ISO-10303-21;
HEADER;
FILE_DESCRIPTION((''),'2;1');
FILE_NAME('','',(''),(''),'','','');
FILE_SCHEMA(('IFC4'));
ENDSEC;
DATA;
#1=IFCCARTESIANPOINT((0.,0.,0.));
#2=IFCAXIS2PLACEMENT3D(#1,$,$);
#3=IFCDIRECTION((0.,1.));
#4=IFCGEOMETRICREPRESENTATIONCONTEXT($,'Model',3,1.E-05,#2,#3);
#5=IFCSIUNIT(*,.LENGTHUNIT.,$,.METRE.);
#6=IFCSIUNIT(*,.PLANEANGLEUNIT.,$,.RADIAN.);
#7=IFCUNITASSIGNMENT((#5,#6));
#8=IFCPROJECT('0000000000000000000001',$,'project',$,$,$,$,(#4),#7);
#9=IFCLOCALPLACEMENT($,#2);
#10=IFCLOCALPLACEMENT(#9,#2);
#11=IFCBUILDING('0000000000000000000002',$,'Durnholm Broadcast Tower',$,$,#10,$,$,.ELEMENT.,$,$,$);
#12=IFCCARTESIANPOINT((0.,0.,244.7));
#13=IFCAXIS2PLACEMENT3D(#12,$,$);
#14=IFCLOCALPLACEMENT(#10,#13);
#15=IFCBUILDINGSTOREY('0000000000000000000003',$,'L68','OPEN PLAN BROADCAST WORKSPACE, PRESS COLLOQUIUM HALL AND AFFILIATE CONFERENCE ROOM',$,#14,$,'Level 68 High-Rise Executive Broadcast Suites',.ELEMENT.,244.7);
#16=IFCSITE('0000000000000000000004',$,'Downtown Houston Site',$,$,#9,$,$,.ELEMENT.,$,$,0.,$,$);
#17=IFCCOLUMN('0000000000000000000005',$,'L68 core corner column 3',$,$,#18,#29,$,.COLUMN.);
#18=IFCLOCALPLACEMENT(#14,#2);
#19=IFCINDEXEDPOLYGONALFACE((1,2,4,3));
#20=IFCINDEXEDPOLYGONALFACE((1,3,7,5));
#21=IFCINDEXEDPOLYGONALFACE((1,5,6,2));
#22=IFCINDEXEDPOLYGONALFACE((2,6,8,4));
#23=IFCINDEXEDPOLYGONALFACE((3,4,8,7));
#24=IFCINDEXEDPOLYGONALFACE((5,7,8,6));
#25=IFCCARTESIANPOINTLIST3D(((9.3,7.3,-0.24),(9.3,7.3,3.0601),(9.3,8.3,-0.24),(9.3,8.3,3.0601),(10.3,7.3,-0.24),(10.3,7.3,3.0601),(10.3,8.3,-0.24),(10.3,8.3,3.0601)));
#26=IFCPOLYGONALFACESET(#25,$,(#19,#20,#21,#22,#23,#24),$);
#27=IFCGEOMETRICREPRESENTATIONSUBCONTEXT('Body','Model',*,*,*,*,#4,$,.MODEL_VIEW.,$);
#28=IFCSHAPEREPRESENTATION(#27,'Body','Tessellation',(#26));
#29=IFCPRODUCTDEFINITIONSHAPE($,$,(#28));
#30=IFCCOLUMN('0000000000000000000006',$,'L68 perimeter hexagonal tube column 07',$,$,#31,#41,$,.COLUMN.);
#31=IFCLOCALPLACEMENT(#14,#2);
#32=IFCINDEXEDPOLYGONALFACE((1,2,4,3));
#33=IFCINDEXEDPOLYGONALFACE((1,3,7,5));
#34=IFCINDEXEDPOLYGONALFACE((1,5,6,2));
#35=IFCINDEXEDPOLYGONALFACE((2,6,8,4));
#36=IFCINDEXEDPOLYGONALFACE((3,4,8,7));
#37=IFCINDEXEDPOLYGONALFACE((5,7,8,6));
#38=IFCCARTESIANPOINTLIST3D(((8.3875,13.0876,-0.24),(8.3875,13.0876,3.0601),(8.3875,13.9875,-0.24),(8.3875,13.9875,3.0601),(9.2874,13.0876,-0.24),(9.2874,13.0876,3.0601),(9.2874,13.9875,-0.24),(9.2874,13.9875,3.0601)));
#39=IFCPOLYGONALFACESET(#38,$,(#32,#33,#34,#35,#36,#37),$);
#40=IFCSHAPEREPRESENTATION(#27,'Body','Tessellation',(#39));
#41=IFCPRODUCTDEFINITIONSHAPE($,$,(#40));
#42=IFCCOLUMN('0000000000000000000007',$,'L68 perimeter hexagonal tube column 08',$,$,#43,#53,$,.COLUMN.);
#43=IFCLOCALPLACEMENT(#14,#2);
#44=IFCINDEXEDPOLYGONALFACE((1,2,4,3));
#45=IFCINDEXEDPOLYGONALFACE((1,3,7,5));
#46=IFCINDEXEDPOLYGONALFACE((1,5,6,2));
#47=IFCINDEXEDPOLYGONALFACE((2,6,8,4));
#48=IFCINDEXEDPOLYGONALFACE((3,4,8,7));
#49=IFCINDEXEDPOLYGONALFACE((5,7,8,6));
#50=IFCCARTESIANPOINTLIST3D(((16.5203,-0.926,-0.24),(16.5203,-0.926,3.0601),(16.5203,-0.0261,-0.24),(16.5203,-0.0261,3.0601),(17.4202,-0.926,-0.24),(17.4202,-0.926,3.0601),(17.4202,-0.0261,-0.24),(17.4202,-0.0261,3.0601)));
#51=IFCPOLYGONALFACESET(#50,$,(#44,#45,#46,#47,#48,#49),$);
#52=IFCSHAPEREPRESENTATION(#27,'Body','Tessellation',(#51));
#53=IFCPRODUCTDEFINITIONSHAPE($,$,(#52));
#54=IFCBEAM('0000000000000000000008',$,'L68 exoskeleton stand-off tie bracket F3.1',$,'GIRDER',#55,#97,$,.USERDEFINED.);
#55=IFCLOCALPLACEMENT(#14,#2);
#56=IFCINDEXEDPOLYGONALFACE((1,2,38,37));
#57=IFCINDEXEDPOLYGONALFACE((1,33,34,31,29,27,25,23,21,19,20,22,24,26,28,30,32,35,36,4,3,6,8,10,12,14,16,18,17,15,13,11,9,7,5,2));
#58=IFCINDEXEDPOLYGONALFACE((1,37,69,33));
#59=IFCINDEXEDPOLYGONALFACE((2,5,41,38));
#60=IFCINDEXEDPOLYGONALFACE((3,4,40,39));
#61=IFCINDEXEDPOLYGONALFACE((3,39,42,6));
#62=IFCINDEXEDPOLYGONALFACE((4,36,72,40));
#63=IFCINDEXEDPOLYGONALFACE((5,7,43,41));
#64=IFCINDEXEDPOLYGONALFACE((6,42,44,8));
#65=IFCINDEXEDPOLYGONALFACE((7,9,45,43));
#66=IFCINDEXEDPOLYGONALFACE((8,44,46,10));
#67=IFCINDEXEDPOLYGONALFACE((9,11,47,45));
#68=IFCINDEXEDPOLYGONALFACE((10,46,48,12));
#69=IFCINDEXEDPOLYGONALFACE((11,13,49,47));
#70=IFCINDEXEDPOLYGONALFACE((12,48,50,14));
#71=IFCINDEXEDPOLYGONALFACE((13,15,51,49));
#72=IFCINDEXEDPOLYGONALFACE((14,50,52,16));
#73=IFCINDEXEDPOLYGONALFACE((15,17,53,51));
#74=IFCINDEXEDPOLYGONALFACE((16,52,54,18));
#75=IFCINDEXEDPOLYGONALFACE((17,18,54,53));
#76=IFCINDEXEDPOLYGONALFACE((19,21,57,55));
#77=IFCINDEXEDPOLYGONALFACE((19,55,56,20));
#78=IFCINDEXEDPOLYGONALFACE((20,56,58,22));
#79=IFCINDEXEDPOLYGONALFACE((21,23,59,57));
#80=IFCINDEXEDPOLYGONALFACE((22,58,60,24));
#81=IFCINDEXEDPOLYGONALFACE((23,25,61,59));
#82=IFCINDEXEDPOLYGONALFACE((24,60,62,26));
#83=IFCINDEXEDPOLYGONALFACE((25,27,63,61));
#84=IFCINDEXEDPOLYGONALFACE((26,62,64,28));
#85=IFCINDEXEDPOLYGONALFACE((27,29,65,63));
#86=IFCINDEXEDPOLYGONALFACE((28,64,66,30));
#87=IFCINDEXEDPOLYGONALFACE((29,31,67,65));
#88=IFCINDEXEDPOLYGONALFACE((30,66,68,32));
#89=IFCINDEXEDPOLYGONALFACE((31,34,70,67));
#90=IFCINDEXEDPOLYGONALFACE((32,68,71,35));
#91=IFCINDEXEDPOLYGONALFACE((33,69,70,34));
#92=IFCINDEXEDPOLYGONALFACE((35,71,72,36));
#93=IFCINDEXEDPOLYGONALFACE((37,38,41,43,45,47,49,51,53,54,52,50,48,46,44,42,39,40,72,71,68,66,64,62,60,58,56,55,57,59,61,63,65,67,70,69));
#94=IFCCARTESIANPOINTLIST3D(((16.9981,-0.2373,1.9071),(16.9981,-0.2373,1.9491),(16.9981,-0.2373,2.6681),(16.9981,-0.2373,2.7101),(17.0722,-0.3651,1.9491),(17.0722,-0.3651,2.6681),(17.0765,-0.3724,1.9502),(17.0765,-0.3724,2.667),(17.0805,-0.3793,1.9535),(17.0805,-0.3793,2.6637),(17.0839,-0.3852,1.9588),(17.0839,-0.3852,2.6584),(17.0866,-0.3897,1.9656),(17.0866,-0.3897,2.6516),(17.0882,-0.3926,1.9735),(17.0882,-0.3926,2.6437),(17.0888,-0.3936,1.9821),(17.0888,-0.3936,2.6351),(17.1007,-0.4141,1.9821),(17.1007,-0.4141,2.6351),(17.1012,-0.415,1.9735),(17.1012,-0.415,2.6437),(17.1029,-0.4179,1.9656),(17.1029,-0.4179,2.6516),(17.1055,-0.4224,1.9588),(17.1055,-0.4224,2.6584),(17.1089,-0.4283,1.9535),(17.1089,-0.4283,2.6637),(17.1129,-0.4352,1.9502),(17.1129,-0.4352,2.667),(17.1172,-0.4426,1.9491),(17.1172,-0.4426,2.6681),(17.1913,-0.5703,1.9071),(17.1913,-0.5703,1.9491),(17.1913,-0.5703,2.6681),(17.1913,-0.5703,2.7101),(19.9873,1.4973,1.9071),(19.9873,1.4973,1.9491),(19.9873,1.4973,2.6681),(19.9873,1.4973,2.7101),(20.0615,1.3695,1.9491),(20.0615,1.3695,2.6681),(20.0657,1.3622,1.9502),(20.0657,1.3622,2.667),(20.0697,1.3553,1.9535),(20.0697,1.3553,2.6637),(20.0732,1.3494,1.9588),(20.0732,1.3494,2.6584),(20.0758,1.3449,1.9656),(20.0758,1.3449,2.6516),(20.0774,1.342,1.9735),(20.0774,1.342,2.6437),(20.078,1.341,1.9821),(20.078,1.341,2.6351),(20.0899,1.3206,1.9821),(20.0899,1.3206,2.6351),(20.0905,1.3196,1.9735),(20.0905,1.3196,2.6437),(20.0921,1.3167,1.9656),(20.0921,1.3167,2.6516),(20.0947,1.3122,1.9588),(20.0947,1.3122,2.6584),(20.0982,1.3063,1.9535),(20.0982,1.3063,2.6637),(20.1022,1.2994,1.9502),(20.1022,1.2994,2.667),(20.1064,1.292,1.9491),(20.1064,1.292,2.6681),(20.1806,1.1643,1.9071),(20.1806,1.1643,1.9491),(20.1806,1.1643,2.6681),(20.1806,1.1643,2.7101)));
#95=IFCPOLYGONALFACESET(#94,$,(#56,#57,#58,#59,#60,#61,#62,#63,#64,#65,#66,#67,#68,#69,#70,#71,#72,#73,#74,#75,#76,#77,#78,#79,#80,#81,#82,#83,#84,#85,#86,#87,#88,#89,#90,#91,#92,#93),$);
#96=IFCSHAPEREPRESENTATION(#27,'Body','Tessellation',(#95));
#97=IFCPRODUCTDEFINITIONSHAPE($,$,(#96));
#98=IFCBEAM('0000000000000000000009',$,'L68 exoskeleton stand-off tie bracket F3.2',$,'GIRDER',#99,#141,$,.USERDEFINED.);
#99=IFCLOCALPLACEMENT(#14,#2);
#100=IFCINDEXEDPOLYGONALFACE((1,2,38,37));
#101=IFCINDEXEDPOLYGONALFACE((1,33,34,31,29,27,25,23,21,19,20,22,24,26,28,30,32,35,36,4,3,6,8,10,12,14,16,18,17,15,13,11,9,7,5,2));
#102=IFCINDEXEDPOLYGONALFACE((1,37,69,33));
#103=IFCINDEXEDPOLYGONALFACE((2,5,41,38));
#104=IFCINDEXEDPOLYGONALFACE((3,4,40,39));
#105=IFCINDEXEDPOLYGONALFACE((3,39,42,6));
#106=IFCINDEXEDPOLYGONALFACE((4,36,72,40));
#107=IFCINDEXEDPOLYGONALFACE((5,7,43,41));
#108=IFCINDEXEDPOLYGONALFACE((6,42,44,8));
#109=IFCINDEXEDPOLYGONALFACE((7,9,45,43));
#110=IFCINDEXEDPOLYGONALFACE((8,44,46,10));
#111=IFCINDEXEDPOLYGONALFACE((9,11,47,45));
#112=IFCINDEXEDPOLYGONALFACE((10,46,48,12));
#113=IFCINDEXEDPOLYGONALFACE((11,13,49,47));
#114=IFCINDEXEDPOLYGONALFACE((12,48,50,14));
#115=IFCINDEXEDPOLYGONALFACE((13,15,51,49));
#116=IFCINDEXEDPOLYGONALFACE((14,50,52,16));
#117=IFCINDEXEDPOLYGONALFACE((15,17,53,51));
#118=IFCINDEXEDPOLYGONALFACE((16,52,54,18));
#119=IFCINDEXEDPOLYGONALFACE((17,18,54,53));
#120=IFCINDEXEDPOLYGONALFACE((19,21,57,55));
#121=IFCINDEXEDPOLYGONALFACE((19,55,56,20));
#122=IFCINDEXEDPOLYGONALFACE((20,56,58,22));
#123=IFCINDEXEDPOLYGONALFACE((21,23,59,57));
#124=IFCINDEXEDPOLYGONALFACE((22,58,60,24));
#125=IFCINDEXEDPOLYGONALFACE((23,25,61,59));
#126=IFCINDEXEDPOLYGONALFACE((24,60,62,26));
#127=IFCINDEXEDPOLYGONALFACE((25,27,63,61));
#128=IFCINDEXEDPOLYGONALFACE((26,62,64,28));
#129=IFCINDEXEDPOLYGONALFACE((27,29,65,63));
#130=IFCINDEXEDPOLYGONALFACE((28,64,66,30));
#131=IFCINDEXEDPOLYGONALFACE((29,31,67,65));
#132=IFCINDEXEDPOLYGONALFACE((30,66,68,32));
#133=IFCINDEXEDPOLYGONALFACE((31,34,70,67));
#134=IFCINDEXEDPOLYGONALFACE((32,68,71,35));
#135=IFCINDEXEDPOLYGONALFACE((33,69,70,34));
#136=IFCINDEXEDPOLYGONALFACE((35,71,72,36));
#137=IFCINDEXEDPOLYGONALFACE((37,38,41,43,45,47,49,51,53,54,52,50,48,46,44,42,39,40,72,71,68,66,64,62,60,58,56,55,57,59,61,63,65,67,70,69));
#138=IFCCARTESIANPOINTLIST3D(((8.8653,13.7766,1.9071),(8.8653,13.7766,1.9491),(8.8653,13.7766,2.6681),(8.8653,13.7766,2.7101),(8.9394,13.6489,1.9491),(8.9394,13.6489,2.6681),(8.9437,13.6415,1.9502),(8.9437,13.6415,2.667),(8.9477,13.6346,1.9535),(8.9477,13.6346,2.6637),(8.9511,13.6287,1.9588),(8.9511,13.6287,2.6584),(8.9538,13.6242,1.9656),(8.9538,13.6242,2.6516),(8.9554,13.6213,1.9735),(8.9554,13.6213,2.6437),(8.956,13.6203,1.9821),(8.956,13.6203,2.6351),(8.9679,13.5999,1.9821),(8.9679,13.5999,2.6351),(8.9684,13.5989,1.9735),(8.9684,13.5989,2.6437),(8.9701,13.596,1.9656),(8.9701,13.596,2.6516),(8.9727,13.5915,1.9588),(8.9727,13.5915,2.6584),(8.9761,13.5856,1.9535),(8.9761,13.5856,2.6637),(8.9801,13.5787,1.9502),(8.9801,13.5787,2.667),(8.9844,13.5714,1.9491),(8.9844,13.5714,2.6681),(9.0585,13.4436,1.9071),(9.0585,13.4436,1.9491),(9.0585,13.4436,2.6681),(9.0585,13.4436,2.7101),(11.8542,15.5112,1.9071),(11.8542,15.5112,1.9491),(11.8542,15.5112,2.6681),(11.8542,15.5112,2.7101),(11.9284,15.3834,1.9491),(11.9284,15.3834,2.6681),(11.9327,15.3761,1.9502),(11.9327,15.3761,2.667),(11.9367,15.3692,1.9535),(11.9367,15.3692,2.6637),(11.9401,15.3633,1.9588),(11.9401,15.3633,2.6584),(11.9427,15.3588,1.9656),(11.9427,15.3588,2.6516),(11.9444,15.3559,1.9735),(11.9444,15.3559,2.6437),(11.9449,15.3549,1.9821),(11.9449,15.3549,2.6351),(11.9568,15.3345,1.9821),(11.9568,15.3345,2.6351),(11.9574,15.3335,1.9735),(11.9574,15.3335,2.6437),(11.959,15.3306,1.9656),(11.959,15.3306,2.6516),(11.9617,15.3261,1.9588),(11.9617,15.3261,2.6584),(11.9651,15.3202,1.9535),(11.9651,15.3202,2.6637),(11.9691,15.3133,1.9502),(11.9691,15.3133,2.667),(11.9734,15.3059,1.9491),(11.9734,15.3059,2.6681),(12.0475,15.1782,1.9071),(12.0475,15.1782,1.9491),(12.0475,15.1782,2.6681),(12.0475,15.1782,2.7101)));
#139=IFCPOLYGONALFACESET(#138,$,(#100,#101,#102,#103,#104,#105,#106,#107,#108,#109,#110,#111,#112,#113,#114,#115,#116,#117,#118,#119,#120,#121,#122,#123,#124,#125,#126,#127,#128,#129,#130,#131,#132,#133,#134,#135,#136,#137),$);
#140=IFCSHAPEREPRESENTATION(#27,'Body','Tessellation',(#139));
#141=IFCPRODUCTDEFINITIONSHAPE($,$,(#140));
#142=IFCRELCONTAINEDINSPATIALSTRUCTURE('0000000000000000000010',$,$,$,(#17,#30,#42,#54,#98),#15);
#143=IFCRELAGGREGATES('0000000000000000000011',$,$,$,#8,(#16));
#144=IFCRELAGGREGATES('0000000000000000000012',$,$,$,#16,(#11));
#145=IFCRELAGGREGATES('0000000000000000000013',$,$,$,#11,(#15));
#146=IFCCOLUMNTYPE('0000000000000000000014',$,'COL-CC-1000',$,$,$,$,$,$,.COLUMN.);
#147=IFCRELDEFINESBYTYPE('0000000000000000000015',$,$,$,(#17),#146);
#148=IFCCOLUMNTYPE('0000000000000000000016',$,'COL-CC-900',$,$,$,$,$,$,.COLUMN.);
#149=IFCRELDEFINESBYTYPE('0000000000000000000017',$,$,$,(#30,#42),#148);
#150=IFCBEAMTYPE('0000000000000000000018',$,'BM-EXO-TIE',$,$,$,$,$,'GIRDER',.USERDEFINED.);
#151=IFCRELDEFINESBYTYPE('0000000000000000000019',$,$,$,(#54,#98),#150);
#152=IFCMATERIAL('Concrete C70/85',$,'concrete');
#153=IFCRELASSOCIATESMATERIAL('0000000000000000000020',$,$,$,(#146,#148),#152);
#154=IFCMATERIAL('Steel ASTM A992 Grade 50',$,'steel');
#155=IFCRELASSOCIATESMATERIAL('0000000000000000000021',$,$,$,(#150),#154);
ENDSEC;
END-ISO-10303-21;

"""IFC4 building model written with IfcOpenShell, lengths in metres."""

from ifc_helpers import new_model, si_unit, direction, frame, origin, origin_2d, place, context, subcontext, project, spatial, rectangle, i_section, extrude, source, transform, mapped, material, material_profile, profile_set, type_object, type_shapes, element, save


model = new_model("IFC4")

# Units and contexts
model_context = context("Model", 3, precision=1e-05, world=origin(), true_north=direction((0.0, 1.0)))
body_context = subcontext(model_context, "Body", "Model", "MODEL_VIEW")
ifc_project = project(units=[si_unit("LENGTHUNIT", "METRE"), si_unit("PLANEANGLEUNIT", "RADIAN")], contexts=[model_context])

# Site, building, storey
site_placement = place(None, origin())
site = spatial("IfcSite", under=ifc_project, at=site_placement, Name="Downtown Houston Site", CompositionType="ELEMENT", RefElevation=0.0)
building_placement = place(site_placement, origin())
building = spatial("IfcBuilding", under=site, at=building_placement, Name="Durnholm Broadcast Tower", CompositionType="ELEMENT")
storey_placement = place(building_placement, frame((0.0, 0.0, 244.7)))
storey = spatial("IfcBuildingStorey", under=building, at=storey_placement, Name="L68", Description="OPEN PLAN BROADCAST WORKSPACE, PRESS COLLOQUIUM HALL AND AFFILIATE CONFERENCE ROOM", LongName="Level 68 High-Rise Executive Broadcast Suites", CompositionType="ELEMENT", Elevation=244.7)

# Columns
ifc_material_1 = material(Name="Concrete C70/85", Category="concrete")
ifc_material_profile_1 = material_profile(ifc_material_1, rectangle(XDim=1.0, YDim=1.0, at=origin_2d()), Name="RC1000X1000")
ifc_profile_set_1 = profile_set([ifc_material_profile_1], Name="Concrete C70/85")
column_type_1 = type_object("IfcColumnType", Name="COL-CC-1000", PredefinedType="COLUMN", material=ifc_profile_set_1)
shared_shape_1 = source(origin(), body_context, "Body", "SweptSolid", [
    extrude(rectangle(XDim=1.0, YDim=1.0, at=origin_2d()), origin(), (0.0, 0.0, 1.0), 3.3),
])
type_shapes(column_type_1, [shared_shape_1])
column_placement = place(storey_placement, frame((9.8, 7.8, -0.24), z_axis=(0.0, 0.0, 1.0), x_axis=(1.0, 0.0, 0.0)))
element("IfcColumn", 1, at=column_placement, inside=storey, type_object=column_type_1, Name="L68 core corner column 3", PredefinedType="COLUMN", context=body_context, shape_type="MappedRepresentation", body=[
    mapped(shared_shape_1, transform((0.0, 0.0, 0.0), x_axis=(1.0, 0.0, 0.0), y_axis=(0.0, 1.0, 0.0), z_axis=(0.0, 0.0, 1.0), scale=1.0)),
])
ifc_material_profile_2 = material_profile(ifc_material_1, rectangle(XDim=0.8999, YDim=0.8999, at=origin_2d()), Name="RC900X900")
ifc_profile_set_2 = profile_set([ifc_material_profile_2], Name="Concrete C70/85")
column_type_2 = type_object("IfcColumnType", Name="COL-CC-900", PredefinedType="COLUMN", material=ifc_profile_set_2)
shared_shape_2 = source(origin(), body_context, "Body", "SweptSolid", [
    extrude(rectangle(XDim=0.8999, YDim=0.8999, at=origin_2d()), origin(), (0.0, 0.0, 1.0), 3.3),
])
type_shapes(column_type_2, [shared_shape_2])
for number, where, z_axis, x_axis, name in (
    (2, (8.8374, 13.5376, -0.24), (0.0, 0.0, 1.0), (1.0, 0.0, 0.0), "L68 perimeter hexagonal tube column 07"),
    (3, (16.9702, -0.4761, -0.24), (0.0, 0.0, 1.0), (1.0, 0.0, 0.0), "L68 perimeter hexagonal tube column 08"),
):
    element("IfcColumn", number, at=place(storey_placement, frame(where, z_axis=z_axis, x_axis=x_axis)), inside=storey, type_object=column_type_2, Name=name, PredefinedType="COLUMN", context=body_context, shape_type="MappedRepresentation", body=[
        mapped(shared_shape_2, transform((0.0, 0.0, 0.0), x_axis=(1.0, 0.0, 0.0), y_axis=(0.0, 1.0, 0.0), z_axis=(0.0, 0.0, 1.0), scale=1.0)),
    ])

# Beams
ifc_material_2 = material(Name="Steel ASTM A992 Grade 50", Category="steel")
ifc_material_profile_3 = material_profile(ifc_material_2, i_section(OverallWidth=0.385, OverallDepth=0.803, WebThickness=0.0237, FlangeThickness=0.042, FilletRadius=0.033, at=origin_2d()), Name="W30X261")
ifc_profile_set_3 = profile_set([ifc_material_profile_3], Name="Steel ASTM A992 Grade 50")
beam_type_1 = type_object("IfcBeamType", Name="BM-EXO-TIE", ElementType="GIRDER", PredefinedType="USERDEFINED", material=ifc_profile_set_3)
shared_shape_3 = source(origin(), body_context, "Body", "SweptSolid", [
    extrude(i_section(OverallWidth=0.385, OverallDepth=0.803, WebThickness=0.0237, FlangeThickness=0.042, FilletRadius=0.033, at=origin_2d()), origin(), (0.0, 0.0, 1.0), 3.4561),
])
beam_1_placement = place(storey_placement, frame((17.0947, -0.4038, 2.3086), z_axis=(0.864924, 0.501902, 0.0), x_axis=(-0.501902, 0.864924, 0.0)))
element("IfcBeam", 4, at=beam_1_placement, inside=storey, type_object=beam_type_1, Name="L68 exoskeleton stand-off tie bracket F3.1", ObjectType="GIRDER", PredefinedType="USERDEFINED", context=body_context, shape_type="MappedRepresentation", body=[
    mapped(shared_shape_3, transform((0.0, 0.0, 0.0), x_axis=(1.0, 0.0, 0.0), y_axis=(0.0, 1.0, 0.0), z_axis=(0.0, 0.0, 1.0), scale=1.0)),
])
shared_shape_4 = source(origin(), body_context, "Body", "SweptSolid", [
    extrude(i_section(OverallWidth=0.385, OverallDepth=0.803, WebThickness=0.0237, FlangeThickness=0.042, FilletRadius=0.033, at=origin_2d()), origin(), (0.0, 0.0, 1.0), 3.4558),
])
beam_2_placement = place(storey_placement, frame((8.9619, 13.6101, 2.3086), z_axis=(0.864907, 0.501933, 0.0), x_axis=(-0.501933, 0.864907, 0.0)))
element("IfcBeam", 5, at=beam_2_placement, inside=storey, type_object=beam_type_1, Name="L68 exoskeleton stand-off tie bracket F3.2", ObjectType="GIRDER", PredefinedType="USERDEFINED", context=body_context, shape_type="MappedRepresentation", body=[
    mapped(shared_shape_4, transform((0.0, 0.0, 0.0), x_axis=(1.0, 0.0, 0.0), y_axis=(0.0, 1.0, 0.0), z_axis=(0.0, 0.0, 1.0), scale=1.0)),
])

save(model, "model.ifc")
